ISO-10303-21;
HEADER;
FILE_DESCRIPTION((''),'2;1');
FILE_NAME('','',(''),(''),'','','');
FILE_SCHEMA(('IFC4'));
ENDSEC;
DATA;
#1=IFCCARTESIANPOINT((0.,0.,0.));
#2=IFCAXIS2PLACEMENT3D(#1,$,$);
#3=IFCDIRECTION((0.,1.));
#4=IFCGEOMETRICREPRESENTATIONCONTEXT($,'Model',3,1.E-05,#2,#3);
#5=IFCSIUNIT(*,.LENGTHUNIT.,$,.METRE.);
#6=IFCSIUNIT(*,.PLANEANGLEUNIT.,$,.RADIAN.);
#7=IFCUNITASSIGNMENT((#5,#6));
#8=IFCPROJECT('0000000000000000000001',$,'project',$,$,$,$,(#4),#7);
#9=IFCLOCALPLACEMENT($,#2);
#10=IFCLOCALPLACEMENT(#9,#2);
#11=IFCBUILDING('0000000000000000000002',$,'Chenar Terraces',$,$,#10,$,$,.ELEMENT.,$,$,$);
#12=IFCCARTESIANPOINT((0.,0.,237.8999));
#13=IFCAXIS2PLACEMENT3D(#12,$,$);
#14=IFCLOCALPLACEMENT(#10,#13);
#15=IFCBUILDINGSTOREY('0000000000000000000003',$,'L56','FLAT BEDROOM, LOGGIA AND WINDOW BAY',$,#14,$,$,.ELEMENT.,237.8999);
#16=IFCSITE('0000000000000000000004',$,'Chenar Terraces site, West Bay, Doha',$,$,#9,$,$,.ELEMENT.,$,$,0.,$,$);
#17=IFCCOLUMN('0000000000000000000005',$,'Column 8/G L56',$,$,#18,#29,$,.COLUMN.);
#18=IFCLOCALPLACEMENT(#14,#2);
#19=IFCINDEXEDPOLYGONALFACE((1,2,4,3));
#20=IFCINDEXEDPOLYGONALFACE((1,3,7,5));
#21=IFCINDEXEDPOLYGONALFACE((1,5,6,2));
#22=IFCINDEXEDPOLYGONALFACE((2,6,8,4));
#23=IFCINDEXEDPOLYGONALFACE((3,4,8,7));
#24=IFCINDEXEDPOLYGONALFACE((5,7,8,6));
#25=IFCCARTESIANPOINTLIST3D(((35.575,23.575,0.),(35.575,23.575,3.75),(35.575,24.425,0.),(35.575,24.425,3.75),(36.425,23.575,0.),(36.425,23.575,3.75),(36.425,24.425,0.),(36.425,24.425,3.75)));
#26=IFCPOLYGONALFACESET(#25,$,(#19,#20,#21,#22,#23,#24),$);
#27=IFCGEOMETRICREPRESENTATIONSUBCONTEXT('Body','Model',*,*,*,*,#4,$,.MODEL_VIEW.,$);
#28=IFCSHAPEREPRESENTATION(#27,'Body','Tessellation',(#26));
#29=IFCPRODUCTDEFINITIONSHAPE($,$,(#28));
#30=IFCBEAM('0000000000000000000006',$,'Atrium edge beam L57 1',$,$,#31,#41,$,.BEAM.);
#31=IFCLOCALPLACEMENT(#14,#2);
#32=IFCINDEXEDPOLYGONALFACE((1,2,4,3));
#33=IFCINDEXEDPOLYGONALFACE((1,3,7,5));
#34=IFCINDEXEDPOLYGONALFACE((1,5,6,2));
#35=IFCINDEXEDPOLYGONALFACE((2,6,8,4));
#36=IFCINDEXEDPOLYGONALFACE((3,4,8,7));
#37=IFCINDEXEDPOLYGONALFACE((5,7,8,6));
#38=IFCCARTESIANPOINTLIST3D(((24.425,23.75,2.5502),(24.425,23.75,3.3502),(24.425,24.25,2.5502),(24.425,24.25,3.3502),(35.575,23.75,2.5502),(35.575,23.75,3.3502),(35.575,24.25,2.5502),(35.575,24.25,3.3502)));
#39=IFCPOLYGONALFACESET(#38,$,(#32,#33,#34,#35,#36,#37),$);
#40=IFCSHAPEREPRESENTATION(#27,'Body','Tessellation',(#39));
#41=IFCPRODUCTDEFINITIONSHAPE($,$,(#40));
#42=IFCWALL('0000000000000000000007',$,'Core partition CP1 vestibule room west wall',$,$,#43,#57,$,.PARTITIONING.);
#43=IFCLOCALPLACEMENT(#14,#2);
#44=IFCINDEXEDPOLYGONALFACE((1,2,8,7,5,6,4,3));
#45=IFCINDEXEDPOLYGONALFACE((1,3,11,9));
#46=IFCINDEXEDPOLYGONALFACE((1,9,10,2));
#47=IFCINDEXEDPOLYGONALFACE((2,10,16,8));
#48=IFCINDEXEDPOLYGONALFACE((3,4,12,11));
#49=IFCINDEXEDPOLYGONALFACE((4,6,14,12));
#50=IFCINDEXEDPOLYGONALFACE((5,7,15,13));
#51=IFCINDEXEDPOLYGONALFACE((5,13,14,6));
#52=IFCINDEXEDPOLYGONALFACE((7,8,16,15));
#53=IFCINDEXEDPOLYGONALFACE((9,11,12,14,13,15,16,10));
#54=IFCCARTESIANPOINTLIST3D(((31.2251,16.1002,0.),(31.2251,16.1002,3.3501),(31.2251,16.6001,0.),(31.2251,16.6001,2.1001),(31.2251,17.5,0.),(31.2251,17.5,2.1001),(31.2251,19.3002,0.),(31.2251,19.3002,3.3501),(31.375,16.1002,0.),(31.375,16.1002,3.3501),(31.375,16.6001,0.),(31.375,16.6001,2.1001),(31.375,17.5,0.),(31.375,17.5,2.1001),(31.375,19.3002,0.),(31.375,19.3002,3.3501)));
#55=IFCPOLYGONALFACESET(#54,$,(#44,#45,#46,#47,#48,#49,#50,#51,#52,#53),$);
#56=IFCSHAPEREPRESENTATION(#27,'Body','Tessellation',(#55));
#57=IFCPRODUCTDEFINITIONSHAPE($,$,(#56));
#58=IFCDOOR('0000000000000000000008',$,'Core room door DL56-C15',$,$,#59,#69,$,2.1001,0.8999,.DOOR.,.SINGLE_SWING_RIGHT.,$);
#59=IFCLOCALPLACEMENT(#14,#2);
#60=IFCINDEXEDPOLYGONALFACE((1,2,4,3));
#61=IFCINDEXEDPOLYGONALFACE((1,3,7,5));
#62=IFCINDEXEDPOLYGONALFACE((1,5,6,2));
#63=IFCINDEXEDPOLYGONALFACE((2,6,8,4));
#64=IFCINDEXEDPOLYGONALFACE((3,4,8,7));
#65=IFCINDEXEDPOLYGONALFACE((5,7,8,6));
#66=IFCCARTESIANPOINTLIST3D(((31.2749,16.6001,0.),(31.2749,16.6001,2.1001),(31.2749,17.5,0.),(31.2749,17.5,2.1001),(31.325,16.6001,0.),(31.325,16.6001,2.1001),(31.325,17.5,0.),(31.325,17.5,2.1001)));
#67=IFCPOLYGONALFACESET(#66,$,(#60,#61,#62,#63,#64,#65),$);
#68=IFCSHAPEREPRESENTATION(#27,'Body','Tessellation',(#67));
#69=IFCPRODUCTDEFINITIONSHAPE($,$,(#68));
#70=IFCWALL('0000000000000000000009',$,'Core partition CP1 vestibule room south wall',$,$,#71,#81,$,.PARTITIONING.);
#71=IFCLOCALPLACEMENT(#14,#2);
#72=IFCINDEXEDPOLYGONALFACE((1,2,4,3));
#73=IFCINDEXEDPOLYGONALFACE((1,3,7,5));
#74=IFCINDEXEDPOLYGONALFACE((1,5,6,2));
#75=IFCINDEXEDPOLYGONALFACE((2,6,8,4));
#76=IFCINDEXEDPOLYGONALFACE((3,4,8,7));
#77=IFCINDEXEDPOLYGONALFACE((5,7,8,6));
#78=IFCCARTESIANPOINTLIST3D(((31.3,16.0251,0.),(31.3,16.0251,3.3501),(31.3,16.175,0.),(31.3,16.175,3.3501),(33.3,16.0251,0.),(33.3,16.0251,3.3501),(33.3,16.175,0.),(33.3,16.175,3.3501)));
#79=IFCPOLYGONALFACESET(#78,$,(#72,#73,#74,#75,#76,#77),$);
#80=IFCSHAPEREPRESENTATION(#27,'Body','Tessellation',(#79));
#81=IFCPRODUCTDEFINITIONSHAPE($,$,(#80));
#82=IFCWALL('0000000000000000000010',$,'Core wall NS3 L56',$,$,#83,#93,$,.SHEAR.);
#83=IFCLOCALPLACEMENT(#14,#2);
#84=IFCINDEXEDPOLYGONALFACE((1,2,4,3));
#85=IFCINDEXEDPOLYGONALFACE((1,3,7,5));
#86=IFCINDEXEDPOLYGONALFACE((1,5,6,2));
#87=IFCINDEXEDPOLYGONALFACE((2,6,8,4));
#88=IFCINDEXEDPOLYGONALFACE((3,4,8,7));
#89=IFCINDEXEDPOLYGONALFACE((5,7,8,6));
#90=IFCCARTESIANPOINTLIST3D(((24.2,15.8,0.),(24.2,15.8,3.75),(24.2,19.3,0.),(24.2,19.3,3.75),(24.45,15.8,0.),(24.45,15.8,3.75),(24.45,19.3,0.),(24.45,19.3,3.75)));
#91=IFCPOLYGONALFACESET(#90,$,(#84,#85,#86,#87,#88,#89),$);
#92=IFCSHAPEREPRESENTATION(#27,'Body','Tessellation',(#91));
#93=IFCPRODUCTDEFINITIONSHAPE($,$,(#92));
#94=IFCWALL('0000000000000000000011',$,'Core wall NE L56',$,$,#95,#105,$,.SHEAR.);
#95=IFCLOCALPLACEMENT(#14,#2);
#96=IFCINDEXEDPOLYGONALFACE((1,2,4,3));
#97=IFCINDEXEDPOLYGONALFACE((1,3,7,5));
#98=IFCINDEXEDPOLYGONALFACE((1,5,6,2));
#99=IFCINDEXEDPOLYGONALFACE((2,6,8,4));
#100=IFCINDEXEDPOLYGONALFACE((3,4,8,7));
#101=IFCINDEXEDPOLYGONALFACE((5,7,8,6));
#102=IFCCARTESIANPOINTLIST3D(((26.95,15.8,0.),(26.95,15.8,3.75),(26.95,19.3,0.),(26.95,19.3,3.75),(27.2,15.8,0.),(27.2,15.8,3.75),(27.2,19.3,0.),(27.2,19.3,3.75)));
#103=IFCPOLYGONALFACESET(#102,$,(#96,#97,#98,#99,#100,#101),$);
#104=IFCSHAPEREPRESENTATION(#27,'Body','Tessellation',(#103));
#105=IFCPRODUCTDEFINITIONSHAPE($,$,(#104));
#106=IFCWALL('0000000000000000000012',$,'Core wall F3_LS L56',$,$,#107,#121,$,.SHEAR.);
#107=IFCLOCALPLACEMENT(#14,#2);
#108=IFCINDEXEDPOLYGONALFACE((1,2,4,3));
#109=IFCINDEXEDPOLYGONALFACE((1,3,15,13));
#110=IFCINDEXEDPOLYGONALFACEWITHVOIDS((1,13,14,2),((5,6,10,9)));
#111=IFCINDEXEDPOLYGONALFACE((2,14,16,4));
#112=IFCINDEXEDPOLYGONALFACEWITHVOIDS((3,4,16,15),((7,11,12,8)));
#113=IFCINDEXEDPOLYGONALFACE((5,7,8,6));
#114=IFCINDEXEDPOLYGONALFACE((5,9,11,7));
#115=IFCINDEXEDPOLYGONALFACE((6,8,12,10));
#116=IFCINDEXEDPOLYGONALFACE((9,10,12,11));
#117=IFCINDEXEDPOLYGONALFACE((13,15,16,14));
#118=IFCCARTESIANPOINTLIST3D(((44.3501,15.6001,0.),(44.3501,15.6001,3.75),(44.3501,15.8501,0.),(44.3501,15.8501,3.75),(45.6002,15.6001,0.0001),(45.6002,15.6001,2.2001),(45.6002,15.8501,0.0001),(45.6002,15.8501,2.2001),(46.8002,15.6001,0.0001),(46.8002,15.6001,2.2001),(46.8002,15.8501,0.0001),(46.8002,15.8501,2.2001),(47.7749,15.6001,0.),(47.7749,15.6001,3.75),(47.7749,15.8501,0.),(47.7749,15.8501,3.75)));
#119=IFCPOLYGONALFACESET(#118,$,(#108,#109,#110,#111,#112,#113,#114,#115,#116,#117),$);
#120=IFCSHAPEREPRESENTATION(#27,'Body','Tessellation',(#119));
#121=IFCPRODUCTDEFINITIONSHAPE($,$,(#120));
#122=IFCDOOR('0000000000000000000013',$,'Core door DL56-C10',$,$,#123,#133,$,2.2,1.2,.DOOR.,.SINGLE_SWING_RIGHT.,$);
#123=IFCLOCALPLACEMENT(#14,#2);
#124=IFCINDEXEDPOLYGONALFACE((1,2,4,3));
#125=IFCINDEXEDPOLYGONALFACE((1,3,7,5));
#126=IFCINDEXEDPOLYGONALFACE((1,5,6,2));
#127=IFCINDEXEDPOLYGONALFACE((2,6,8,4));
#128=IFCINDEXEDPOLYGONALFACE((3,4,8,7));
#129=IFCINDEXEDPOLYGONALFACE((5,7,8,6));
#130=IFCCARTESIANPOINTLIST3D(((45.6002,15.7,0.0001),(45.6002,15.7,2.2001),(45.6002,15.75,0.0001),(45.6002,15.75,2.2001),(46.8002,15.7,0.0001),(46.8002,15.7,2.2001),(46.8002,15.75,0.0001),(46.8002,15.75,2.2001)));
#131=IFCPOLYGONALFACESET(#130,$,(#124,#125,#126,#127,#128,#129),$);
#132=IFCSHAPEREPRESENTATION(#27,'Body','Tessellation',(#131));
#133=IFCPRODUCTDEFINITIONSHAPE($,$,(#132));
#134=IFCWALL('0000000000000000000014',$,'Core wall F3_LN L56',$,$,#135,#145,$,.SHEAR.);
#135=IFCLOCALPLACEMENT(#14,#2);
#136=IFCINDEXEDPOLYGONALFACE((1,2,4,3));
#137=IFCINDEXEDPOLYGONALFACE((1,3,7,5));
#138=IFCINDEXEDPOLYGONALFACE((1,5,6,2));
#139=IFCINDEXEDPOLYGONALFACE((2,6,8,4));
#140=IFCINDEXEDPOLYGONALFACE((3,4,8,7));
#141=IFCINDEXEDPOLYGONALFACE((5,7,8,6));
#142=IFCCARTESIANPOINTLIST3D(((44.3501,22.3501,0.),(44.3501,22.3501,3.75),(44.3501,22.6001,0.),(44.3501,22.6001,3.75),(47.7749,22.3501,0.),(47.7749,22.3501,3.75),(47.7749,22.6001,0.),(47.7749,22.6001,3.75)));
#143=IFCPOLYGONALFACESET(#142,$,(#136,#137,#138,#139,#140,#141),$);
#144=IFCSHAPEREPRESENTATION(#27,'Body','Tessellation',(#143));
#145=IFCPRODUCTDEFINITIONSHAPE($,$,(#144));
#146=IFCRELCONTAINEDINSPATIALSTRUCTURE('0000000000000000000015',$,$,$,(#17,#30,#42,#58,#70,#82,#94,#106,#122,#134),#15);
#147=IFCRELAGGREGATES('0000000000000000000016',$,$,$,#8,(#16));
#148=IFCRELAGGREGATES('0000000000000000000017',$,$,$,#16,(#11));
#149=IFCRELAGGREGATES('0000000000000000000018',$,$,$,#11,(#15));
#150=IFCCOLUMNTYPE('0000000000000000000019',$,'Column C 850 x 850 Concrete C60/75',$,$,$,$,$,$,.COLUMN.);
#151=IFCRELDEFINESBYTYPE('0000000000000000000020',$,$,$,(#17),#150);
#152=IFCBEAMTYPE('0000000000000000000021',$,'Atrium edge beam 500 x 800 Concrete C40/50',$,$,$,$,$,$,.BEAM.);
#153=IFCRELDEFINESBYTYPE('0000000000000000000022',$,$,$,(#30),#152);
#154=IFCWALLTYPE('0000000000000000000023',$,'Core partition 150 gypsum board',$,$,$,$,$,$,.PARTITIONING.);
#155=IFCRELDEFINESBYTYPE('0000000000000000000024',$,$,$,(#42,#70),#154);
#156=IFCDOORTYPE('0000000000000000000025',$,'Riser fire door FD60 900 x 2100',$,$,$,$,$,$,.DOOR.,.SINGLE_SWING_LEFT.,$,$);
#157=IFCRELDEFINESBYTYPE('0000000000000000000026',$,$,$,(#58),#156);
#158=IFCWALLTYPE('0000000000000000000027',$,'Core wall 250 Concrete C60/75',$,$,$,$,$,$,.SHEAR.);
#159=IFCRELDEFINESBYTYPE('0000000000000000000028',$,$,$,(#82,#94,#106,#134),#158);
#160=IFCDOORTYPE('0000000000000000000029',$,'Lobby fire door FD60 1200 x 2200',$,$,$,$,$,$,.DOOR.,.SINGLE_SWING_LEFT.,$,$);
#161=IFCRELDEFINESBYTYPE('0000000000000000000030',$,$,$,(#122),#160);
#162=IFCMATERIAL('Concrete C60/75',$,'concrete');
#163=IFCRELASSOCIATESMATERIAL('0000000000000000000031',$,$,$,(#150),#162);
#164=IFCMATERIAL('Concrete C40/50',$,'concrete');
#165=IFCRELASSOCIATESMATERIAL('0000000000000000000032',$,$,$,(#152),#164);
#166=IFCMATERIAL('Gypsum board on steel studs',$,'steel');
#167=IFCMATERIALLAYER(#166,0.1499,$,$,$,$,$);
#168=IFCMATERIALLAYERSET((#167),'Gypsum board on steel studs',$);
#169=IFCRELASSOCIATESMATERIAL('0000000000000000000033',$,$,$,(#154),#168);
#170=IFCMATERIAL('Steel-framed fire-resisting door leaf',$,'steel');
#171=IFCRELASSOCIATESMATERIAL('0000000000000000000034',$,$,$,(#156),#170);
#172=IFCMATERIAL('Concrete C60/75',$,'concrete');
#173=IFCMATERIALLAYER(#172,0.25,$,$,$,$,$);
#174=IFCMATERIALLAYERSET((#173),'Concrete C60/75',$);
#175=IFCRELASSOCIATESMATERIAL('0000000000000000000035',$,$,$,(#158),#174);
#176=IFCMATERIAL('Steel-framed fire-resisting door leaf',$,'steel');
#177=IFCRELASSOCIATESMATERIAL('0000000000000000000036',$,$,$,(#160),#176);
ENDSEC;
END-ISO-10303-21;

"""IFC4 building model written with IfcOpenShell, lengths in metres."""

from ifc_helpers import new_model, si_unit, direction, frame, frame_2d, origin, origin_2d, place, context, subcontext, project, spatial, rectangle, extrude, material, layer, layer_set, material_profile, profile_set, type_object, element, fill, save


model = new_model("IFC4")

# Units and contexts
model_context = context("Model", 3, precision=1e-05, world=origin(), true_north=direction((0.0, 1.0)))
body_context = subcontext(model_context, "Body", "Model", "MODEL_VIEW")
ifc_project = project(units=[si_unit("LENGTHUNIT", "METRE"), si_unit("PLANEANGLEUNIT", "RADIAN")], contexts=[model_context])

# Site, building, storey
site_placement = place(None, origin())
site = spatial("IfcSite", under=ifc_project, at=site_placement, Name="Chenar Terraces site, West Bay, Doha", CompositionType="ELEMENT", RefElevation=0.0)
building_placement = place(site_placement, origin())
building = spatial("IfcBuilding", under=site, at=building_placement, Name="Chenar Terraces", CompositionType="ELEMENT")
storey_placement = place(building_placement, frame((0.0, 0.0, 237.8999)))
storey = spatial("IfcBuildingStorey", under=building, at=storey_placement, Name="L56", Description="FLAT BEDROOM, LOGGIA AND WINDOW BAY", CompositionType="ELEMENT", Elevation=237.8999)

# Column
ifc_material_1 = material(Name="Concrete C60/75", Category="concrete")
ifc_material_profile_1 = material_profile(ifc_material_1, rectangle(XDim=0.8501, YDim=0.8501, at=origin_2d()), Name="C 850 x 850")
ifc_profile_set_1 = profile_set([ifc_material_profile_1], Name="Concrete C60/75")
column_type = type_object("IfcColumnType", Name="Column C 850 x 850 Concrete C60/75", PredefinedType="COLUMN", material=ifc_profile_set_1)
column_placement = place(storey_placement, frame((36.0, 24.0, 0.0), z_axis=(0.0, 0.0, 1.0), x_axis=(1.0, 0.0, 0.0)))
element("IfcColumn", 1, at=column_placement, inside=storey, type_object=column_type, Name="Column 8/G L56", PredefinedType="COLUMN", context=body_context, shape_type="SweptSolid", body=[
    extrude(rectangle(XDim=0.8501, YDim=0.8501, at=origin_2d()), origin(), (0.0, 0.0, 1.0), 3.75),
])

# Beam
ifc_material_2 = material(Name="Concrete C40/50", Category="concrete")
ifc_material_profile_2 = material_profile(ifc_material_2, rectangle(XDim=0.5, YDim=0.8, at=origin_2d()), Name="RC 500 x 800")
ifc_profile_set_2 = profile_set([ifc_material_profile_2], Name="Concrete C40/50")
beam_type = type_object("IfcBeamType", Name="Atrium edge beam 500 x 800 Concrete C40/50", PredefinedType="BEAM", material=ifc_profile_set_2)
beam_placement = place(storey_placement, frame((24.425, 24.0, 2.9502), z_axis=(1.0, 0.0, 0.0), x_axis=(0.0, 1.0, 0.0)))
element("IfcBeam", 2, at=beam_placement, inside=storey, type_object=beam_type, Name="Atrium edge beam L57 1", PredefinedType="BEAM", context=body_context, shape_type="SweptSolid", body=[
    extrude(rectangle(XDim=0.5, YDim=0.8, at=origin_2d()), origin(), (0.0, 0.0, 1.0), 11.1499),
])

# Wall, opening, door
ifc_material_3 = material(Name="Gypsum board on steel studs", Category="steel")
ifc_layer_1 = layer(ifc_material_3, 0.1499)
ifc_layer_set_1 = layer_set([ifc_layer_1], Name="Gypsum board on steel studs")
wall_type_1 = type_object("IfcWallType", Name="Core partition 150 gypsum board", PredefinedType="PARTITIONING", material=ifc_layer_set_1)
wall_1_placement = place(storey_placement, frame((31.3, 16.1001, 0.0), z_axis=(0.0, 0.0, 1.0), x_axis=(0.0, 1.0, 0.0)))
wall_1 = element("IfcWall", 3, at=wall_1_placement, inside=storey, type_object=wall_type_1, Name="Core partition CP1 vestibule room west wall", PredefinedType="PARTITIONING", context=body_context, shape_type="SweptSolid", body=[
    extrude(rectangle(XDim=3.2, YDim=0.1499, at=frame_2d((1.6001, 0.0))), origin(), (0.0, 0.0, 1.0), 3.3501),
])
opening_1_placement = place(wall_1_placement, frame((0.5, 0.0, 0.0)))
opening_1 = element("IfcOpeningElement", 4, at=opening_1_placement, cuts=wall_1, PredefinedType="OPENING", context=body_context, shape_type="SweptSolid", body=[
    extrude(rectangle(XDim=0.8999, YDim=2.1001, at=frame_2d((0.45, 1.05))), frame((0.0, 0.085, 0.0), z_axis=(0.0, -1.0, 0.0), x_axis=(1.0, 0.0, 0.0)), (0.0, 0.0, 1.0), 0.1699),
])
ifc_material_4 = material(Name="Steel-framed fire-resisting door leaf", Category="steel")
door_type_1 = type_object("IfcDoorType", Name="Riser fire door FD60 900 x 2100", OperationType="SINGLE_SWING_LEFT", PredefinedType="DOOR", material=ifc_material_4)
door_1_placement = place(opening_1_placement, frame((0.8999, 0.0, 0.0), z_axis=(0.0, 0.0, 1.0), x_axis=(-1.0, 0.0, 0.0)))
door_1 = element("IfcDoor", 5, at=door_1_placement, inside=storey, type_object=door_type_1, Name="Core room door DL56-C15", OperationType="SINGLE_SWING_RIGHT", OverallHeight=2.1001, OverallWidth=0.8999, PredefinedType="DOOR", context=body_context, shape_type="SweptSolid", body=[
    extrude(rectangle(XDim=0.8999, YDim=2.1001, at=frame_2d((0.45, 1.05))), frame((0.0, 0.0249, 0.0), z_axis=(0.0, -1.0, 0.0), x_axis=(1.0, 0.0, 0.0)), (0.0, 0.0, 1.0), 0.05),
])
fill(opening_1, door_1)

# Walls
wall_2_placement = place(storey_placement, frame((31.3, 16.1001, 0.0), z_axis=(0.0, 0.0, 1.0), x_axis=(1.0, 0.0, 0.0)))
element("IfcWall", 6, at=wall_2_placement, inside=storey, type_object=wall_type_1, Name="Core partition CP1 vestibule room south wall", PredefinedType="PARTITIONING", context=body_context, shape_type="SweptSolid", body=[
    extrude(rectangle(XDim=2.0, YDim=0.1499, at=frame_2d((1.0, 0.0))), origin(), (0.0, 0.0, 1.0), 3.3501),
])
ifc_material_5 = material(Name="Concrete C60/75", Category="concrete")
ifc_layer_2 = layer(ifc_material_5, 0.25)
ifc_layer_set_2 = layer_set([ifc_layer_2], Name="Concrete C60/75")
wall_type_2 = type_object("IfcWallType", Name="Core wall 250 Concrete C60/75", PredefinedType="SHEAR", material=ifc_layer_set_2)
for number, where, z_axis, x_axis, name in (
    (7, (24.325, 15.8, 0.0), (0.0, 0.0, 1.0), (0.0, 1.0, 0.0), "Core wall NS3 L56"),
    (8, (27.075, 15.8, 0.0), (0.0, 0.0, 1.0), (0.0, 1.0, 0.0), "Core wall NE L56"),
):
    element("IfcWall", number, at=place(storey_placement, frame(where, z_axis=z_axis, x_axis=x_axis)), inside=storey, type_object=wall_type_2, Name=name, PredefinedType="SHEAR", context=body_context, shape_type="SweptSolid", body=[
        extrude(rectangle(XDim=3.5, YDim=0.25, at=frame_2d((1.75, 0.0))), origin(), (0.0, 0.0, 1.0), 3.75),
    ])

# Wall, opening, door
wall_3_placement = place(storey_placement, frame((44.3501, 15.7251, 0.0), z_axis=(0.0, 0.0, 1.0), x_axis=(1.0, 0.0, 0.0)))
wall_3 = element("IfcWall", 9, at=wall_3_placement, inside=storey, type_object=wall_type_2, Name="Core wall F3_LS L56", PredefinedType="SHEAR", context=body_context, shape_type="SweptSolid", body=[
    extrude(rectangle(XDim=3.4248, YDim=0.25, at=frame_2d((1.7124, 0.0))), origin(), (0.0, 0.0, 1.0), 3.75),
])
opening_2_placement = place(wall_3_placement, frame((1.25, 0.0, 0.0)))
opening_2 = element("IfcOpeningElement", 10, at=opening_2_placement, cuts=wall_3, PredefinedType="OPENING", context=body_context, shape_type="SweptSolid", body=[
    extrude(rectangle(XDim=1.2, YDim=2.2, at=frame_2d((0.6001, 1.1001))), frame((0.0, 0.135, 0.0), z_axis=(0.0, -1.0, 0.0), x_axis=(1.0, 0.0, 0.0)), (0.0, 0.0, 1.0), 0.27),
])
ifc_material_6 = material(Name="Steel-framed fire-resisting door leaf", Category="steel")
door_type_2 = type_object("IfcDoorType", Name="Lobby fire door FD60 1200 x 2200", OperationType="SINGLE_SWING_LEFT", PredefinedType="DOOR", material=ifc_material_6)
door_2_placement = place(opening_2_placement, origin())
door_2 = element("IfcDoor", 11, at=door_2_placement, inside=storey, type_object=door_type_2, Name="Core door DL56-C10", OperationType="SINGLE_SWING_RIGHT", OverallHeight=2.2, OverallWidth=1.2, PredefinedType="DOOR", context=body_context, shape_type="SweptSolid", body=[
    extrude(rectangle(XDim=1.2, YDim=2.2, at=frame_2d((0.6001, 1.1001))), frame((0.0, 0.0249, 0.0), z_axis=(0.0, -1.0, 0.0), x_axis=(1.0, 0.0, 0.0)), (0.0, 0.0, 1.0), 0.05),
])
fill(opening_2, door_2)

# Wall
wall_4_placement = place(storey_placement, frame((44.3501, 22.4751, 0.0), z_axis=(0.0, 0.0, 1.0), x_axis=(1.0, 0.0, 0.0)))
element("IfcWall", 12, at=wall_4_placement, inside=storey, type_object=wall_type_2, Name="Core wall F3_LN L56", PredefinedType="SHEAR", context=body_context, shape_type="SweptSolid", body=[
    extrude(rectangle(XDim=3.4248, YDim=0.25, at=frame_2d((1.7124, 0.0))), origin(), (0.0, 0.0, 1.0), 3.75),
])

save(model, "model.ifc")
